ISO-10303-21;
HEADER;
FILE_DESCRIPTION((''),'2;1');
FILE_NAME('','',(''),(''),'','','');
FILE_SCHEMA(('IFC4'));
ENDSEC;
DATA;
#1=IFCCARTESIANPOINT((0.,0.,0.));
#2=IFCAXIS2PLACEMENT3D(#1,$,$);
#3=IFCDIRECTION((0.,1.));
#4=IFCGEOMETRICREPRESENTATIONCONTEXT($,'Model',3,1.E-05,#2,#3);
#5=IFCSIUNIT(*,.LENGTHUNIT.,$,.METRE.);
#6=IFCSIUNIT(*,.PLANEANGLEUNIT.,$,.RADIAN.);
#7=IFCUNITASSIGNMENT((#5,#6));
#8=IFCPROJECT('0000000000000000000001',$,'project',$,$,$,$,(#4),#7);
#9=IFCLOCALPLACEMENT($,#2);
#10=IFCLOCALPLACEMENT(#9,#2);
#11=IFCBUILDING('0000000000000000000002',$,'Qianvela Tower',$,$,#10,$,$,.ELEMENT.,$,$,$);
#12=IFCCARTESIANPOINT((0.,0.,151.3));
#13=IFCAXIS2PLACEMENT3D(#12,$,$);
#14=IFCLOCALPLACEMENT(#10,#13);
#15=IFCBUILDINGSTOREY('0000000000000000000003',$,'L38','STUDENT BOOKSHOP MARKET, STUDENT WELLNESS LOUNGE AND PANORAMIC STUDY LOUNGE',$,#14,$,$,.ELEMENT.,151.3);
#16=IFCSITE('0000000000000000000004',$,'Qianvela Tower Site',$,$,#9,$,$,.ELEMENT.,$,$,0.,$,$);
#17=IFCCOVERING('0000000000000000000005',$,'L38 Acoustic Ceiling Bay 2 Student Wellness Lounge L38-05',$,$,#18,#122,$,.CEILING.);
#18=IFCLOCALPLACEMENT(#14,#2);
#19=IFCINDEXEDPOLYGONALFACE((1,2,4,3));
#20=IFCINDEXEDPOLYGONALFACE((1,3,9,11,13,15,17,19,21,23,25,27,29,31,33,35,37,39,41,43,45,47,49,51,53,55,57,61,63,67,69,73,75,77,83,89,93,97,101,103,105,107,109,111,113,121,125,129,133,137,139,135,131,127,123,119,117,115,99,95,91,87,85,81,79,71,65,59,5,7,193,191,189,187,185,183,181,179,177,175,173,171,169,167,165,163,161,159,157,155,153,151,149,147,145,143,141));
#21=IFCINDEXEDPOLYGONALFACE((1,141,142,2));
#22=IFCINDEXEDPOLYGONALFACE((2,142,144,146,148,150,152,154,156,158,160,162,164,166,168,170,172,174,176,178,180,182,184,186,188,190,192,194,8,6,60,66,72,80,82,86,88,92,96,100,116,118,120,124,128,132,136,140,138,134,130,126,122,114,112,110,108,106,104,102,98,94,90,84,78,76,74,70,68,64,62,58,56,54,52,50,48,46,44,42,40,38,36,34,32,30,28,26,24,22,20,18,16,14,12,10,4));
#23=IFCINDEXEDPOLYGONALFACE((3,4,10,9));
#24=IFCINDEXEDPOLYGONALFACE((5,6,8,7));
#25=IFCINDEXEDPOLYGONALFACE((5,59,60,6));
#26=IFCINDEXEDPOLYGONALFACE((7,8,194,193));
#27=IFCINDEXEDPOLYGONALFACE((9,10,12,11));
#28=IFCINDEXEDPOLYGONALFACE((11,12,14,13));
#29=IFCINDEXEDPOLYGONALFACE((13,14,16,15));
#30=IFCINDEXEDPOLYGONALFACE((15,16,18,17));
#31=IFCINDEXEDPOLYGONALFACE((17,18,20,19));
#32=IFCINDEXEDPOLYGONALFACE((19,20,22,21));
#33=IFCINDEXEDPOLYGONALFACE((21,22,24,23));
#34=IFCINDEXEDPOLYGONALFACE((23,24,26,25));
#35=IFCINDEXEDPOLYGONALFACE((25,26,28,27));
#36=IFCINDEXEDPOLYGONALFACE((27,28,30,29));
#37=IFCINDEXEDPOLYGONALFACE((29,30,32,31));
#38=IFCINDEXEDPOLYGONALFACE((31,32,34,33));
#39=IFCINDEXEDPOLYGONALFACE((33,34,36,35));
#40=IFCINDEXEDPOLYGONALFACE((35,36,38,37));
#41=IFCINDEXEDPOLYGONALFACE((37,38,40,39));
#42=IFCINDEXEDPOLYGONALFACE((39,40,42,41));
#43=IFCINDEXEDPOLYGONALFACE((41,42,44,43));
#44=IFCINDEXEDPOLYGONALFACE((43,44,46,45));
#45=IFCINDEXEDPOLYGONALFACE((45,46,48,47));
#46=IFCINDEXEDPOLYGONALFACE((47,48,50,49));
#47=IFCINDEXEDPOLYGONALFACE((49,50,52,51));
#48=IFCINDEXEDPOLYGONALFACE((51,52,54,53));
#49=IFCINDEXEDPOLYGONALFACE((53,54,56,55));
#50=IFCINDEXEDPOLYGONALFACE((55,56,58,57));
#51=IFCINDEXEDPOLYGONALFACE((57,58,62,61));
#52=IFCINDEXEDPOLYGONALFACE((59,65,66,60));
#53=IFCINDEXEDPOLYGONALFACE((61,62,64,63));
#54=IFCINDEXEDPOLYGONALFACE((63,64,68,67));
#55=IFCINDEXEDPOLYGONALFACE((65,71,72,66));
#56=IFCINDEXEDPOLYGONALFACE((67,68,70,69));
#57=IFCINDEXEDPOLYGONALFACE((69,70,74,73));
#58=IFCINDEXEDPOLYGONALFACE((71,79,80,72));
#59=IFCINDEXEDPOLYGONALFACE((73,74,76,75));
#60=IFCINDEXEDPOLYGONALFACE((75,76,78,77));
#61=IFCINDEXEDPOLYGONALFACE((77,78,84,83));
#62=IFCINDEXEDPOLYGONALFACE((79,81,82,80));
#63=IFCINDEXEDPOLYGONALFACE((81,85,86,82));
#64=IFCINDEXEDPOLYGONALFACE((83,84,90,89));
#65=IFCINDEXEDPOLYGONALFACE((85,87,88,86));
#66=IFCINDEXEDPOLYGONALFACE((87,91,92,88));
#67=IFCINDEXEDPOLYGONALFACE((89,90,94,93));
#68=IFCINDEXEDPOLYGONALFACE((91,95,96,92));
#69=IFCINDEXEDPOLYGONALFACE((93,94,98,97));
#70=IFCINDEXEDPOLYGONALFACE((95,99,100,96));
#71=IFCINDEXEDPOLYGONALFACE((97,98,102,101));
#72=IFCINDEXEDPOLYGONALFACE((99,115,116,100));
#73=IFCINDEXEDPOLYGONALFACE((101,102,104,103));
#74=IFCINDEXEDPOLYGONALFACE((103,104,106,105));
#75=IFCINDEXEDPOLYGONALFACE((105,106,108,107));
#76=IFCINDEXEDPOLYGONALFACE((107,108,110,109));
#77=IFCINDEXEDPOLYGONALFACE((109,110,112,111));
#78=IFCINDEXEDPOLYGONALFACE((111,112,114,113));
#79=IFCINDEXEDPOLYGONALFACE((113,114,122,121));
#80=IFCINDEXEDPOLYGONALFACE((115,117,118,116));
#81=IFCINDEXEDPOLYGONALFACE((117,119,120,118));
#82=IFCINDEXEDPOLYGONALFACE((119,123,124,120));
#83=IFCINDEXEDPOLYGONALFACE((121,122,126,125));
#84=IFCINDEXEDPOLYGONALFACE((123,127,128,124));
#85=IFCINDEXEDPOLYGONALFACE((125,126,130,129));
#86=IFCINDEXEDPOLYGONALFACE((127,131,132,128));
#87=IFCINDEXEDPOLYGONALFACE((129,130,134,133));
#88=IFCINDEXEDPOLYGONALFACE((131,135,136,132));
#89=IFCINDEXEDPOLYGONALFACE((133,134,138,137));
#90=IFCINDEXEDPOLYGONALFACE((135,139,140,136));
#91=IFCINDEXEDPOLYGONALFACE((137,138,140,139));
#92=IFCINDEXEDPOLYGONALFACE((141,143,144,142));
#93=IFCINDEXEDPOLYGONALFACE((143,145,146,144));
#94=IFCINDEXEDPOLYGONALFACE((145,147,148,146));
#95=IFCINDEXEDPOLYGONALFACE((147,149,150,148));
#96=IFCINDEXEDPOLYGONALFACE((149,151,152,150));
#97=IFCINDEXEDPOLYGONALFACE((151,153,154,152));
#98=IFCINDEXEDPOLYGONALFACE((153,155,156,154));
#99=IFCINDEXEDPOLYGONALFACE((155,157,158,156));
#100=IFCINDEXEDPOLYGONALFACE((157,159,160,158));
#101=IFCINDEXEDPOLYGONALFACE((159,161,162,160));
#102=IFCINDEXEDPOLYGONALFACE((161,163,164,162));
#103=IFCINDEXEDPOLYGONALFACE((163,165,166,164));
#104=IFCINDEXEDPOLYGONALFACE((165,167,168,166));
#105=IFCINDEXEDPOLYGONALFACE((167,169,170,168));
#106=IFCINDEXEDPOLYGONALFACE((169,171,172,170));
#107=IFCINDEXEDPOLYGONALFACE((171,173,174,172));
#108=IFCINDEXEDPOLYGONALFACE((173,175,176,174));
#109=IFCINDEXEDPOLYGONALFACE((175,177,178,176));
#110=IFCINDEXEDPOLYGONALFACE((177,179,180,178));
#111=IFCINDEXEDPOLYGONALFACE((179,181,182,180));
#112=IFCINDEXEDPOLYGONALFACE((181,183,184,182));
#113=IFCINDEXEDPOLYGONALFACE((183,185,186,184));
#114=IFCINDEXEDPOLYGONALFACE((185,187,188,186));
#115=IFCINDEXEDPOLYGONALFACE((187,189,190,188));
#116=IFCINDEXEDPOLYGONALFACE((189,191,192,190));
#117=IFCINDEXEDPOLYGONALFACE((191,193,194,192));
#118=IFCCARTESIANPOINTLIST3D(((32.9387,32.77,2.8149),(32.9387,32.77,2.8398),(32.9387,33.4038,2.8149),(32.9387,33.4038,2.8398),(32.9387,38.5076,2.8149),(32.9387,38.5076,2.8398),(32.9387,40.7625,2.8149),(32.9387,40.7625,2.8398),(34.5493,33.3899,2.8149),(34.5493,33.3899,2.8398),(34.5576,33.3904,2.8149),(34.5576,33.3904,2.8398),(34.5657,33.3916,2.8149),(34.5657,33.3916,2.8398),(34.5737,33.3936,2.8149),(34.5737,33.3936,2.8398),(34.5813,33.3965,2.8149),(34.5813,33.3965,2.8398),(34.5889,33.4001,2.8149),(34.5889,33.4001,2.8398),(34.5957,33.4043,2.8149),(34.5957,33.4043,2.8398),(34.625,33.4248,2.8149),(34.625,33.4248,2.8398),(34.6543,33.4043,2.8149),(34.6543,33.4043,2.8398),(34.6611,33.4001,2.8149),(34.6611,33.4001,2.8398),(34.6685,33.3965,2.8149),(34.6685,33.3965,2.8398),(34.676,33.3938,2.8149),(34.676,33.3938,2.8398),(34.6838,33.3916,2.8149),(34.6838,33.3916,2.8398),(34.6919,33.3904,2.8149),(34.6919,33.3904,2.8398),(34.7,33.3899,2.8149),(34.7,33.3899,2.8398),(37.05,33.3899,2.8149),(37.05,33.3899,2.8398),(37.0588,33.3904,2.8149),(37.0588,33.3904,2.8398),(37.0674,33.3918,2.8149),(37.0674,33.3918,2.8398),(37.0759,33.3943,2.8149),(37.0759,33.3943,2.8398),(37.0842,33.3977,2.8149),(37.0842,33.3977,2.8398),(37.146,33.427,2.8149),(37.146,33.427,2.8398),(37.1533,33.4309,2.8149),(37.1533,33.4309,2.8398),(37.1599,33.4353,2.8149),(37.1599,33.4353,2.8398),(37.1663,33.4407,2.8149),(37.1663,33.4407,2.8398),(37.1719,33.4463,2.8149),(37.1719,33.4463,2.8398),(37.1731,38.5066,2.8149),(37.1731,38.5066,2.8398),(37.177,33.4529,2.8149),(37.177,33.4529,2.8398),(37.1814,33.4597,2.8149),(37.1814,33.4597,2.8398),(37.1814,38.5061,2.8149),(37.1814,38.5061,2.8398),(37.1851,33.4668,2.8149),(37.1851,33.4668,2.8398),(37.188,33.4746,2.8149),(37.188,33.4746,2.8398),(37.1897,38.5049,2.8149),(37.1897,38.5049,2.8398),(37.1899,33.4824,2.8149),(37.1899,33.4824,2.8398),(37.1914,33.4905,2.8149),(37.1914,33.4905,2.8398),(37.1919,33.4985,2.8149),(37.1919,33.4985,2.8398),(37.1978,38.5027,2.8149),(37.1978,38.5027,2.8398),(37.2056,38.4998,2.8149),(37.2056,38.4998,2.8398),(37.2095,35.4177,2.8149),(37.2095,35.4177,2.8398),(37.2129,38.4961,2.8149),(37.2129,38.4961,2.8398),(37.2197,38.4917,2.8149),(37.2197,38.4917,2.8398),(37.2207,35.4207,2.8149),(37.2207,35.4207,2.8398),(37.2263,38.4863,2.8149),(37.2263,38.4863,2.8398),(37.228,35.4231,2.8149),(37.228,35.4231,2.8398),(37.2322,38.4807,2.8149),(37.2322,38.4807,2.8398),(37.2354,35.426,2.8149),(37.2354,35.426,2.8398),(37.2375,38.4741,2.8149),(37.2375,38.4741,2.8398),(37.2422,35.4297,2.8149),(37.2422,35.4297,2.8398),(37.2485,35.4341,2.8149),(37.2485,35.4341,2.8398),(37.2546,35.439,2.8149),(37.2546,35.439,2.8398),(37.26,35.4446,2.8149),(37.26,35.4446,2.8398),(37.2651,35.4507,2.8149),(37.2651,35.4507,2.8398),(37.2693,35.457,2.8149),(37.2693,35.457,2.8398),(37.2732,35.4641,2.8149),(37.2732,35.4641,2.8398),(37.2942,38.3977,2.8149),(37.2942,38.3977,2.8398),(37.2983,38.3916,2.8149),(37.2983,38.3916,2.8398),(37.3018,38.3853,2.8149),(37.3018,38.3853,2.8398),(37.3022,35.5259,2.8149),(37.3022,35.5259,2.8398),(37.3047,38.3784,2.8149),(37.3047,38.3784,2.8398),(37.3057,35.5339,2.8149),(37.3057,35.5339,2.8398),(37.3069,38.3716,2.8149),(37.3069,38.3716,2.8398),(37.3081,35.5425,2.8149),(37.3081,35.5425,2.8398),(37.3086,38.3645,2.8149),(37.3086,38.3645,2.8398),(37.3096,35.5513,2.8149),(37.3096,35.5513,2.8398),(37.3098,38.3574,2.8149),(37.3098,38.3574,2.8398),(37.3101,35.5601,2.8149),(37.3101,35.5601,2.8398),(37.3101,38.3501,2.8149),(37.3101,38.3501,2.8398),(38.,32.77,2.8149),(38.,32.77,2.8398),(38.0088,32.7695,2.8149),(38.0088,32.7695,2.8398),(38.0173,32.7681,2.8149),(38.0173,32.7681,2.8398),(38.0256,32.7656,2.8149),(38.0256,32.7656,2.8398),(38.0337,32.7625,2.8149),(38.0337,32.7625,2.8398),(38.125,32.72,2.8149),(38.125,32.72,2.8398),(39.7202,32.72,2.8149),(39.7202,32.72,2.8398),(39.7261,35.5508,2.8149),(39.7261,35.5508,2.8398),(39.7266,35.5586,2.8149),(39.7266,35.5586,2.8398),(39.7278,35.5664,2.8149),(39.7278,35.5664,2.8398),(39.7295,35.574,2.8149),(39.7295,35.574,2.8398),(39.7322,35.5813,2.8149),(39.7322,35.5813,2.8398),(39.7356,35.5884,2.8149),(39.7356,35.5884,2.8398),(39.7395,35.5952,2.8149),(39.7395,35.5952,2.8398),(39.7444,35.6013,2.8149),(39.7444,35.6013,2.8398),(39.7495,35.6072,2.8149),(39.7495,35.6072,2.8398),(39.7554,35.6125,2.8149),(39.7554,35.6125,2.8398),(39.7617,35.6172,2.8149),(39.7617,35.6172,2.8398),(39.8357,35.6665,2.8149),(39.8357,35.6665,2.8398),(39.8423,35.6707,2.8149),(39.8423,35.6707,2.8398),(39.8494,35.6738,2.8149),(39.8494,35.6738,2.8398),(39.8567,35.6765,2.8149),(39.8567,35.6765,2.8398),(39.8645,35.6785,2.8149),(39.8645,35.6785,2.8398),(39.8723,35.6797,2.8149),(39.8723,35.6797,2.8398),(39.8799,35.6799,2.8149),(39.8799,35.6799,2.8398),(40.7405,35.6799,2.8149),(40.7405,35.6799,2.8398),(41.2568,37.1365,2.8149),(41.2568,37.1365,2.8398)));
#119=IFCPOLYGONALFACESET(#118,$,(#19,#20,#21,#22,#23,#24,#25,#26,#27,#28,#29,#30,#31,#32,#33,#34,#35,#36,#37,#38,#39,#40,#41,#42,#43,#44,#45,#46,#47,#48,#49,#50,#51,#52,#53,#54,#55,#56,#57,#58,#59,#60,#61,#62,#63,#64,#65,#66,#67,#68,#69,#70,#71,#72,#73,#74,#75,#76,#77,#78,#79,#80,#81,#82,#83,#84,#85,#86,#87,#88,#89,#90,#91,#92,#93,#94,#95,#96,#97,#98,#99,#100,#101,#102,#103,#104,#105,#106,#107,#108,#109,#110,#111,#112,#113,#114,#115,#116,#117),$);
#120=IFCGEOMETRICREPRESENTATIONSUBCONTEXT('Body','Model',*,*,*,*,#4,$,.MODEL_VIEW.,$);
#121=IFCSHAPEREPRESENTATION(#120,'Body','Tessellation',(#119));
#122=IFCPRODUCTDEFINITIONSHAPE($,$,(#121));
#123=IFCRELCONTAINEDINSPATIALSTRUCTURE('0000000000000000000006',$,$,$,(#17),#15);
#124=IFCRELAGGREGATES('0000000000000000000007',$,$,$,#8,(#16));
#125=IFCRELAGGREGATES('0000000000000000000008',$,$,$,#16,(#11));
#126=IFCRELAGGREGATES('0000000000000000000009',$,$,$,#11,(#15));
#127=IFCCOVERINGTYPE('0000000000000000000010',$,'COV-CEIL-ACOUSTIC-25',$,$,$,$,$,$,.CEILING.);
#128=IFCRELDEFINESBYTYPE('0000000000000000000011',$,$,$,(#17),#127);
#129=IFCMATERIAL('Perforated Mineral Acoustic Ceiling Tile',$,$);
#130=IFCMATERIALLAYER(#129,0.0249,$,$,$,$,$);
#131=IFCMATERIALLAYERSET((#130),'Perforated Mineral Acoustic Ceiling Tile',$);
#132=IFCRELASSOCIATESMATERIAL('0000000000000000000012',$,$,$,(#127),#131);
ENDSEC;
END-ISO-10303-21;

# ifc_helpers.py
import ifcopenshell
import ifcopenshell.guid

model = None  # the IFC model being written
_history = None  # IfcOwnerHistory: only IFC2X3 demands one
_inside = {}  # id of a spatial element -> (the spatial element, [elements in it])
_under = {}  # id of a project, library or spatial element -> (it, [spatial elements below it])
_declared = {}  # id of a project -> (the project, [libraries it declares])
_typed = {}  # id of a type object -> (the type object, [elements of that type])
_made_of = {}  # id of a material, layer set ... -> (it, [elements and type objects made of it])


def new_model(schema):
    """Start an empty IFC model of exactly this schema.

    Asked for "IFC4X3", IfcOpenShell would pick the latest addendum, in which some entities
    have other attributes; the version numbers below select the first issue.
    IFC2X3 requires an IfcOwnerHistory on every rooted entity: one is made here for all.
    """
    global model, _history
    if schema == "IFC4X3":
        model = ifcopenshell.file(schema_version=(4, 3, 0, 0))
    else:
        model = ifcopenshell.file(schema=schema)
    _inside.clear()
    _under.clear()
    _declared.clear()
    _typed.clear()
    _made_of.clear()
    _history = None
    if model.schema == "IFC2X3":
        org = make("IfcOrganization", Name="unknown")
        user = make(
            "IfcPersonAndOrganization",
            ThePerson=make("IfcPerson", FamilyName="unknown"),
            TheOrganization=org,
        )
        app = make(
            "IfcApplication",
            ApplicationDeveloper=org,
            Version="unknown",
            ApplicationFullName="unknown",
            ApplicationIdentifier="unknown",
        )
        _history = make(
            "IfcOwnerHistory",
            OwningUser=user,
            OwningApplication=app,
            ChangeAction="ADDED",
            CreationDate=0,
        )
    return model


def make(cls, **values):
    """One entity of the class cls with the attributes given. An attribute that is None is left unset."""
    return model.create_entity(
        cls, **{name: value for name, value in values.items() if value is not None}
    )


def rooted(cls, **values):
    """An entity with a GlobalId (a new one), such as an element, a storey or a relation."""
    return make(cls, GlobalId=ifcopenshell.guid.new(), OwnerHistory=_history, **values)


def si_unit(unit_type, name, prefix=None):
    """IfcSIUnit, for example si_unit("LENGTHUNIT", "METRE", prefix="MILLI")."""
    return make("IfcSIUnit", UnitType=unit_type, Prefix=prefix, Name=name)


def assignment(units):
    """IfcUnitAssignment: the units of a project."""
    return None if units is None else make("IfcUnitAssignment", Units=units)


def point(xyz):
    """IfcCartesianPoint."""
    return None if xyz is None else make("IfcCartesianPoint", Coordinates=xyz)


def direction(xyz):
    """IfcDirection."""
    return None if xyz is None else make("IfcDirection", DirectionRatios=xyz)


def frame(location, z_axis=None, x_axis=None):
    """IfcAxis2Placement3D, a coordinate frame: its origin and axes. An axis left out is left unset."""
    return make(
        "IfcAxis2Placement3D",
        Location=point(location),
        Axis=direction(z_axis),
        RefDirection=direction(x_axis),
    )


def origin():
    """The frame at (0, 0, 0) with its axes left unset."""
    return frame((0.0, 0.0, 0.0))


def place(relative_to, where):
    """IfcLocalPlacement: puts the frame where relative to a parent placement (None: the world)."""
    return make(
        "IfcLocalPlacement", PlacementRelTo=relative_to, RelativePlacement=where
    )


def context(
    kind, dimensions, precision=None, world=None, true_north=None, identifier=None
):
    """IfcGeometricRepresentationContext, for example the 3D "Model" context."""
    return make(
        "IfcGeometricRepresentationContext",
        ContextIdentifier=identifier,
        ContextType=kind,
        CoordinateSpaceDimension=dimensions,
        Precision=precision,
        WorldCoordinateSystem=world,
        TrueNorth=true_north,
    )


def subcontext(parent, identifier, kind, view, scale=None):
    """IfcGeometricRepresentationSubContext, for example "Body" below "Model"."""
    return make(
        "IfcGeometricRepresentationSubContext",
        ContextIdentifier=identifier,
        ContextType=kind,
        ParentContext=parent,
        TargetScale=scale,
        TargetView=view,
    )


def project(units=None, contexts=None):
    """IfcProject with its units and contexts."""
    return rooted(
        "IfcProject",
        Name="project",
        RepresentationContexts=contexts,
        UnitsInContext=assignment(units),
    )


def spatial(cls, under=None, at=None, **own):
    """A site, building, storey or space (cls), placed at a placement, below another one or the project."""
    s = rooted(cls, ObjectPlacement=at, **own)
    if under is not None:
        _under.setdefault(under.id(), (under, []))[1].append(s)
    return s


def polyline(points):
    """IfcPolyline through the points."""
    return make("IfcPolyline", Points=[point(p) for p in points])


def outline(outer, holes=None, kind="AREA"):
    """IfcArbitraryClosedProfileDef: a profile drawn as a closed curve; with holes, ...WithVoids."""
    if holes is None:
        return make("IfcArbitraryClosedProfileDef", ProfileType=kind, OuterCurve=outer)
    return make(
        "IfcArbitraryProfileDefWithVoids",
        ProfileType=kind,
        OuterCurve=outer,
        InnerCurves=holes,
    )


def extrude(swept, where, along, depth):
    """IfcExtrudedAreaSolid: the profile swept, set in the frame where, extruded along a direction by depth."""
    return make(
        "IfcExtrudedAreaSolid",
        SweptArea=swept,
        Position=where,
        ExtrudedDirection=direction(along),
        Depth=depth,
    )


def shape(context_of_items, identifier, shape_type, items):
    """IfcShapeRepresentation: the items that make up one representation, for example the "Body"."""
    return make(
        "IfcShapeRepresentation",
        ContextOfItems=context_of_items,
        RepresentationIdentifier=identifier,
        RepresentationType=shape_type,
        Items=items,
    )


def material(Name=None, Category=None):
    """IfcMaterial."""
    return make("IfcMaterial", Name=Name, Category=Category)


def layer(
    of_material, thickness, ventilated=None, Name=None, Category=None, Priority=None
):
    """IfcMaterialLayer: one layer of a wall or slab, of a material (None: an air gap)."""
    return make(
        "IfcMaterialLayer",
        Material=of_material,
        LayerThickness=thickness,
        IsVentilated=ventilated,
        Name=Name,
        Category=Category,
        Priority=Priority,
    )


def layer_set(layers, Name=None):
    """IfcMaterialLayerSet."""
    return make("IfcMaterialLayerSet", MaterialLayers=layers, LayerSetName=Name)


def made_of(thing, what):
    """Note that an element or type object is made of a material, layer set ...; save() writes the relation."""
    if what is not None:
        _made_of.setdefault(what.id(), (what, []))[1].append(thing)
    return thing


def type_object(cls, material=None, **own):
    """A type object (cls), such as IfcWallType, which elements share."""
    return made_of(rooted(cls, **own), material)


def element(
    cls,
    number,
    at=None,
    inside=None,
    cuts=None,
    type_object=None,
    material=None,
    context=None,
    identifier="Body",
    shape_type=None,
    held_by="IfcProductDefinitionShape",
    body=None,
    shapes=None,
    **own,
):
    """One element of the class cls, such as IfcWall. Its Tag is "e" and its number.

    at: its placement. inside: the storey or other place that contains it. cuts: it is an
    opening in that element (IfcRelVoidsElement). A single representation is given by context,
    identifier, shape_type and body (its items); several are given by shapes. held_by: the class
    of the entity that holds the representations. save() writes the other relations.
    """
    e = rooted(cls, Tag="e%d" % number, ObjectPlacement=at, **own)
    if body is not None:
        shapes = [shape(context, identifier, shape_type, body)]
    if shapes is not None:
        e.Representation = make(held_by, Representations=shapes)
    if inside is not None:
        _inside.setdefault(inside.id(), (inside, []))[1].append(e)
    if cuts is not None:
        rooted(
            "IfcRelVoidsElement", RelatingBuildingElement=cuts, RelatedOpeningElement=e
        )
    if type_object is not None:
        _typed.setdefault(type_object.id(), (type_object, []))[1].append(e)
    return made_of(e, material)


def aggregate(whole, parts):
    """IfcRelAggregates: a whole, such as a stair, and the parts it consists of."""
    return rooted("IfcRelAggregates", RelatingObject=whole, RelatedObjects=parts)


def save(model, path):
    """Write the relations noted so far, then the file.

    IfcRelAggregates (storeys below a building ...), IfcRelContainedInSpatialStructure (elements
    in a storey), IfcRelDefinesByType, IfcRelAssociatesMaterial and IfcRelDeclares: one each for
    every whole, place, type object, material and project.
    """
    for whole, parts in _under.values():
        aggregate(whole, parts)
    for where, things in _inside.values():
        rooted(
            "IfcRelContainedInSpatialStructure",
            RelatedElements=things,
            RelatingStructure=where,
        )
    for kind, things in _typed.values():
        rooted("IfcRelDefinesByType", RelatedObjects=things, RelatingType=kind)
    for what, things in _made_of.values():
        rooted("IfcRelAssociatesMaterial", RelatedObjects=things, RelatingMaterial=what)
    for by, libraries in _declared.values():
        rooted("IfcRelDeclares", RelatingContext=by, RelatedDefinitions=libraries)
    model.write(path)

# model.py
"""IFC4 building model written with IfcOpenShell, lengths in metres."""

from ifc_helpers import new_model, si_unit, direction, frame, origin, place, context, subcontext, project, spatial, polyline, outline, extrude, material, layer, layer_set, type_object, element, save


model = new_model("IFC4")

# Units and contexts
model_context = context("Model", 3, precision=1e-05, world=origin(), true_north=direction((0.0, 1.0)))
body_context = subcontext(model_context, "Body", "Model", "MODEL_VIEW")
ifc_project = project(units=[si_unit("LENGTHUNIT", "METRE"), si_unit("PLANEANGLEUNIT", "RADIAN")], contexts=[model_context])

# Site, building, storey
site_placement = place(None, origin())
site = spatial("IfcSite", under=ifc_project, at=site_placement, Name="Qianvela Tower Site", CompositionType="ELEMENT", RefElevation=0.0)
building_placement = place(site_placement, origin())
building = spatial("IfcBuilding", under=site, at=building_placement, Name="Qianvela Tower", CompositionType="ELEMENT")
storey_placement = place(building_placement, frame((0.0, 0.0, 151.3)))
storey = spatial("IfcBuildingStorey", under=building, at=storey_placement, Name="L38", Description="STUDENT BOOKSHOP MARKET, STUDENT WELLNESS LOUNGE AND PANORAMIC STUDY LOUNGE", CompositionType="ELEMENT", Elevation=151.3)

# Covering
ifc_material_1 = material(Name="Perforated Mineral Acoustic Ceiling Tile")
ifc_layer_1 = layer(ifc_material_1, 0.0249)
ifc_layer_set_1 = layer_set([ifc_layer_1], Name="Perforated Mineral Acoustic Ceiling Tile")
covering_type_1 = type_object("IfcCoveringType", Name="COV-CEIL-ACOUSTIC-25", PredefinedType="CEILING", material=ifc_layer_set_1)
covering_1_placement = place(storey_placement, frame((0.0, 0.0, 2.8149)))
element("IfcCovering", 1, at=covering_1_placement, inside=storey, type_object=covering_type_1, Name="L38 Acoustic Ceiling Bay 2 Student Wellness Lounge L38-05", PredefinedType="CEILING", context=body_context, shape_type="SweptSolid", body=[
    extrude(outline(polyline([(40.7405, 35.6799), (39.8799, 35.6799), (39.8723, 35.6797), (39.8645, 35.6785), (39.8567, 35.6765), (39.8494, 35.6738), (39.8423, 35.6707), (39.8357, 35.6665), (39.7617, 35.6172), (39.7554, 35.6125), (39.7495, 35.6072), (39.7444, 35.6013), (39.7395, 35.5952), (39.7356, 35.5884), (39.7322, 35.5813), (39.7295, 35.574), (39.7278, 35.5664), (39.7266, 35.5586), (39.7261, 35.5508), (39.7202, 32.72), (38.125, 32.72), (38.0337, 32.7625), (38.0256, 32.7656), (38.0173, 32.7681), (38.0088, 32.7695), (38.0, 32.77), (32.9387, 32.77), (32.9387, 33.4038), (34.5493, 33.3899), (34.5576, 33.3904), (34.5657, 33.3916), (34.5737, 33.3936), (34.5813, 33.3965), (34.5889, 33.4001), (34.5957, 33.4043), (34.625, 33.4248), (34.6543, 33.4043), (34.6611, 33.4001), (34.6685, 33.3965), (34.676, 33.3938), (34.6838, 33.3916), (34.6919, 33.3904), (34.7, 33.3899), (37.05, 33.3899), (37.0588, 33.3904), (37.0674, 33.3918), (37.0759, 33.3943), (37.0842, 33.3977), (37.146, 33.427), (37.1533, 33.4309), (37.1599, 33.4353), (37.1663, 33.4407), (37.1719, 33.4463), (37.177, 33.4529), (37.1814, 33.4597), (37.1851, 33.4668), (37.188, 33.4746), (37.1899, 33.4824), (37.1914, 33.4905), (37.1919, 33.4985), (37.2095, 35.4177), (37.2207, 35.4207), (37.228, 35.4231), (37.2354, 35.426), (37.2422, 35.4297), (37.2485, 35.4341), (37.2546, 35.439), (37.26, 35.4446), (37.2651, 35.4507), (37.2693, 35.457), (37.2732, 35.4641), (37.3022, 35.5259), (37.3057, 35.5339), (37.3081, 35.5425), (37.3096, 35.5513), (37.3101, 35.5601), (37.3101, 38.3501), (37.3098, 38.3574), (37.3086, 38.3645), (37.3069, 38.3716), (37.3047, 38.3784), (37.3018, 38.3853), (37.2983, 38.3916), (37.2942, 38.3977), (37.2375, 38.4741), (37.2322, 38.4807), (37.2263, 38.4863), (37.2197, 38.4917), (37.2129, 38.4961), (37.2056, 38.4998), (37.1978, 38.5027), (37.1897, 38.5049), (37.1814, 38.5061), (37.1731, 38.5066), (32.9387, 38.5076), (32.9387, 40.7625), (41.2568, 37.1365), (40.7405, 35.6799)])), origin(), (0.0, 0.0, 1.0), 0.0249),
])

save(model, "model.ifc")
